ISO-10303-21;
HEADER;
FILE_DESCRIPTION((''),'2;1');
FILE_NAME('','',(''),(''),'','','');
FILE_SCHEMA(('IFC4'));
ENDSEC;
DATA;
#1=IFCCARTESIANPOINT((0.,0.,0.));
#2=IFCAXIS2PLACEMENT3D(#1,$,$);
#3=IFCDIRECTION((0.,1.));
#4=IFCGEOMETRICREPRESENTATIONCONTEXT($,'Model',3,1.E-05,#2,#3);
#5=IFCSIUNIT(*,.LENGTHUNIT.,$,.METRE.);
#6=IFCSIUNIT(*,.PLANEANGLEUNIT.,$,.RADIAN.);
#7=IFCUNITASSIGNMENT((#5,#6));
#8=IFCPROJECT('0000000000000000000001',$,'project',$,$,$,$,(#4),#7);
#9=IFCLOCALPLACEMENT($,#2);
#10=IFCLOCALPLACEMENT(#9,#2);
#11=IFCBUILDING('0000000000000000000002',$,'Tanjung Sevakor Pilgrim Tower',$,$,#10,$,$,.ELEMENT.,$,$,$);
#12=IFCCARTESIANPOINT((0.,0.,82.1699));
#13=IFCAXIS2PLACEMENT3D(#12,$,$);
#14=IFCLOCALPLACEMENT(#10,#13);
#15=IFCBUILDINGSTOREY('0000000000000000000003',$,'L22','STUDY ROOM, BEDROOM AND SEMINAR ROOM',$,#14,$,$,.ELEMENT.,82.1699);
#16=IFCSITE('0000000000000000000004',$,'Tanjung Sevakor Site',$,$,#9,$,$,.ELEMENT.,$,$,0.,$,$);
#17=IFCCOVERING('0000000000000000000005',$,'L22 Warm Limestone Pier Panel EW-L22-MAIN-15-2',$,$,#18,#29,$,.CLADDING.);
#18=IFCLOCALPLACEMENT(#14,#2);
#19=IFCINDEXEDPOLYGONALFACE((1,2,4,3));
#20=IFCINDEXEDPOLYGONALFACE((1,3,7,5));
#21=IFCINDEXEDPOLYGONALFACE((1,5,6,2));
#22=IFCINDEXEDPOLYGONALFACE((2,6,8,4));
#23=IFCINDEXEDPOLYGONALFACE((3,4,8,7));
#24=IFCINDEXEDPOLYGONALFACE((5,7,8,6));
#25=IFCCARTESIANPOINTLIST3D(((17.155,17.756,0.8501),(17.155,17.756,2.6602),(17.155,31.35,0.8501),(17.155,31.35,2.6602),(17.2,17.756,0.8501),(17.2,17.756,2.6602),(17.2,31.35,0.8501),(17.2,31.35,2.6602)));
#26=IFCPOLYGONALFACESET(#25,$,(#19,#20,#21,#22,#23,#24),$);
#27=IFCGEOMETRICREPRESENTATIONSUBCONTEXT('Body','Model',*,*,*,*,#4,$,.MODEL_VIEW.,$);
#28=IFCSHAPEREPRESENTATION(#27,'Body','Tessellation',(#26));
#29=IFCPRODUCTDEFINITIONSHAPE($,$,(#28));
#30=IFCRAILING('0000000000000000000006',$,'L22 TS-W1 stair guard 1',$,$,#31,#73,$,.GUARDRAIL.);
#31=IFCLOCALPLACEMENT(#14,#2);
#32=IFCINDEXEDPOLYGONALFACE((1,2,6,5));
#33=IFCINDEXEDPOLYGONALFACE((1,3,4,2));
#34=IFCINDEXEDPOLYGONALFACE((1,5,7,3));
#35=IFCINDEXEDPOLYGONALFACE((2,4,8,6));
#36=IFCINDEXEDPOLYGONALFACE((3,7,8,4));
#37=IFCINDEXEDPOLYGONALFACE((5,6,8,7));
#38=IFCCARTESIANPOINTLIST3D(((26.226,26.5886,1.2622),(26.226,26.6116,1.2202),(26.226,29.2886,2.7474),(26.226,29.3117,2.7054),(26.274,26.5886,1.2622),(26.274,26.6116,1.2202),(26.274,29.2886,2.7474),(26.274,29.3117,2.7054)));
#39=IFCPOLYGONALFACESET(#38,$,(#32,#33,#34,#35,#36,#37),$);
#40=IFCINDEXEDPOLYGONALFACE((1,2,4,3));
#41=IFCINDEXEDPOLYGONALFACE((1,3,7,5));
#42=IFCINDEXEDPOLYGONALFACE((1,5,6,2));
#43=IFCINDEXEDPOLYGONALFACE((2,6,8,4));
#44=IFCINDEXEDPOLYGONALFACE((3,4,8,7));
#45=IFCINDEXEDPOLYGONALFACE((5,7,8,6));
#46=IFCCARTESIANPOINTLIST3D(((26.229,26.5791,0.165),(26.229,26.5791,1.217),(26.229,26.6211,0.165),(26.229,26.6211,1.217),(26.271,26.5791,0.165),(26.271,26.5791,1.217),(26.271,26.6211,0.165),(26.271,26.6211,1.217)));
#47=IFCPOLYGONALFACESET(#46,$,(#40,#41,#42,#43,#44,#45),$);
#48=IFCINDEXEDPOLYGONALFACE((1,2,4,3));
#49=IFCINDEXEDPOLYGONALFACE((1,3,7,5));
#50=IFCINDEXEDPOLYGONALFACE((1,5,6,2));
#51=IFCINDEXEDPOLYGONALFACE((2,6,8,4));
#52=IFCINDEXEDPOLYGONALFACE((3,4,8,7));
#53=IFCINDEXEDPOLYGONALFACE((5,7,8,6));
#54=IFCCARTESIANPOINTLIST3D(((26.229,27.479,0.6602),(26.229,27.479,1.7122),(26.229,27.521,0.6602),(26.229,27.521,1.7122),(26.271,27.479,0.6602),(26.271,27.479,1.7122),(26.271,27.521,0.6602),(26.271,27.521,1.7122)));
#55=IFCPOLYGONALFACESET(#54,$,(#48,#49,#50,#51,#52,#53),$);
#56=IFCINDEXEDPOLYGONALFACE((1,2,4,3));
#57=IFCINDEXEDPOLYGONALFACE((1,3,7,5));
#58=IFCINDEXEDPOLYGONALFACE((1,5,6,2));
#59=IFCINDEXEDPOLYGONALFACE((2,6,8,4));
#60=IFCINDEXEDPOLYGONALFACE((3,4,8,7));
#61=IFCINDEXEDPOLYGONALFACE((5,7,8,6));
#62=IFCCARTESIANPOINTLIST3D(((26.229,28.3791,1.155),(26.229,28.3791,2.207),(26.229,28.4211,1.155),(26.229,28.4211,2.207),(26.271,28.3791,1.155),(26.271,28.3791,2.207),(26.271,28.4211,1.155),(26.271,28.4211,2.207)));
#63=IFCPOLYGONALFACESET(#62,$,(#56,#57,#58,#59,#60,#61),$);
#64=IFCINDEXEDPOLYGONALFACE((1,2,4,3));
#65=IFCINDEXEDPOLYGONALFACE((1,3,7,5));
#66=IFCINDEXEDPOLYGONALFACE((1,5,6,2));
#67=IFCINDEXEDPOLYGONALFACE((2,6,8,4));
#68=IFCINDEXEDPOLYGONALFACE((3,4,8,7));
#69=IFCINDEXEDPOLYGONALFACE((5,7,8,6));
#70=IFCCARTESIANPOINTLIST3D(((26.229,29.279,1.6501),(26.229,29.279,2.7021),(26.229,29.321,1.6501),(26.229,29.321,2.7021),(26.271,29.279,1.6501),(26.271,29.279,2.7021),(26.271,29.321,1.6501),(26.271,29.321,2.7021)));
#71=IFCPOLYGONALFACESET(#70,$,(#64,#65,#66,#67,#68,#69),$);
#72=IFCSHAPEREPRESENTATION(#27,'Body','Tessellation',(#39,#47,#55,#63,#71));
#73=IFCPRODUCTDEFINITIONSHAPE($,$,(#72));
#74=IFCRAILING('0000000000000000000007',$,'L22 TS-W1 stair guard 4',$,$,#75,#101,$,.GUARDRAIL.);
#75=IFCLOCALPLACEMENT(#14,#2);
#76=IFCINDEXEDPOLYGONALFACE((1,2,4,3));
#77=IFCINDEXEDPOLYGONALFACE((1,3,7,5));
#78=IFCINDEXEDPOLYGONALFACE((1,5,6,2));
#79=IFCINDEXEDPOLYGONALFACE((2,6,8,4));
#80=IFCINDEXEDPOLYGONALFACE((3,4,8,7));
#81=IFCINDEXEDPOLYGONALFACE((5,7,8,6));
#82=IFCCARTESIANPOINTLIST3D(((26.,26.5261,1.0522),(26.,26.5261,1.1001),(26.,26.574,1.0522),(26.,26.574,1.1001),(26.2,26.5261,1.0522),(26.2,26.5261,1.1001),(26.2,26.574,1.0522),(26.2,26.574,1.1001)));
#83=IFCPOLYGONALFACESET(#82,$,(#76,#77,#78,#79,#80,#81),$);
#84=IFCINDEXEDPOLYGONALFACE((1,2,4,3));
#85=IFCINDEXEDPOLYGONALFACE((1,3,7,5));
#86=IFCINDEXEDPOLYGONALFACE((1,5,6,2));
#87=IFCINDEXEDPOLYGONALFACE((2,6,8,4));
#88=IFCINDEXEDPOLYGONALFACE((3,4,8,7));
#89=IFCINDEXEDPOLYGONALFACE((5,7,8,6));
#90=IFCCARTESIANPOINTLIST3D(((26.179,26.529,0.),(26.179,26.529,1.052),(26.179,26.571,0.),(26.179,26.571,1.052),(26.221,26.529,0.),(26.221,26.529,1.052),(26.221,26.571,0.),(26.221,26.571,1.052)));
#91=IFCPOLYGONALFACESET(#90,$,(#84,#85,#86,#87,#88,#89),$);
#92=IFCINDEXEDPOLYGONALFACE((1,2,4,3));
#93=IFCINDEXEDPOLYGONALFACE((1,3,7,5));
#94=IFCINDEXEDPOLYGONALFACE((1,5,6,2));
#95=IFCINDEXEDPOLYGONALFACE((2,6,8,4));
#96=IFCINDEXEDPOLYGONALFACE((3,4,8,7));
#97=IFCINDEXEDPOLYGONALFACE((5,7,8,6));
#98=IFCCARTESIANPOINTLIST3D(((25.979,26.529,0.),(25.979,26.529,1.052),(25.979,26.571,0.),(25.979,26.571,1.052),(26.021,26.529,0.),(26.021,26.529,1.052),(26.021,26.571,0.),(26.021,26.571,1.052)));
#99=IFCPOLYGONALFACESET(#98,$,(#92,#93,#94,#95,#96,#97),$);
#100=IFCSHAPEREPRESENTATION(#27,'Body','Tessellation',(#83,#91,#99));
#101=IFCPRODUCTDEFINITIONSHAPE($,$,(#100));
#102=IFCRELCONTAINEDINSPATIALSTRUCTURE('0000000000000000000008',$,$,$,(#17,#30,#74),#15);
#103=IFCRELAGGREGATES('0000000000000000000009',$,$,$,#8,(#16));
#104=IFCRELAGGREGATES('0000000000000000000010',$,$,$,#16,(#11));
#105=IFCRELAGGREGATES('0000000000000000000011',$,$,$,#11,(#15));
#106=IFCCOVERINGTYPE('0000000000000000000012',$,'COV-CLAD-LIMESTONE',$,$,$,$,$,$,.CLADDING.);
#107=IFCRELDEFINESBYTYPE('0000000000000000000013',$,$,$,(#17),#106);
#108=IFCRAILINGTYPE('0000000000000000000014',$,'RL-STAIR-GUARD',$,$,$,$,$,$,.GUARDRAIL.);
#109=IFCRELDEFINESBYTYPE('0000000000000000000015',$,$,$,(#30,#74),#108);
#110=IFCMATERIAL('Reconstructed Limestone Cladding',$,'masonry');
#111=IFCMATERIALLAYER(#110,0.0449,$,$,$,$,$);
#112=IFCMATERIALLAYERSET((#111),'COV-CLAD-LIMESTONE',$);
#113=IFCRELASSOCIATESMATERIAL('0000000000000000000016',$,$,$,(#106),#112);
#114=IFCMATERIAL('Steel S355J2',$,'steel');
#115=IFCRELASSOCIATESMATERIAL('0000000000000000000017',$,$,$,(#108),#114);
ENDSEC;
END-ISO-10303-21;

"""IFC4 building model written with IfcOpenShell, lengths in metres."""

from ifc_helpers import new_model, si_unit, direction, frame, origin, origin_2d, place, context, subcontext, project, spatial, rectangle, extrude, material, layer, layer_set, type_object, element, save


model = new_model("IFC4")

# Units and contexts
model_context = context("Model", 3, precision=1e-05, world=origin(), true_north=direction((0.0, 1.0)))
body_context = subcontext(model_context, "Body", "Model", "MODEL_VIEW")
ifc_project = project(units=[si_unit("LENGTHUNIT", "METRE"), si_unit("PLANEANGLEUNIT", "RADIAN")], contexts=[model_context])

# Site, building, storey
site_placement = place(None, origin())
site = spatial("IfcSite", under=ifc_project, at=site_placement, Name="Tanjung Sevakor Site", CompositionType="ELEMENT", RefElevation=0.0)
building_placement = place(site_placement, origin())
building = spatial("IfcBuilding", under=site, at=building_placement, Name="Tanjung Sevakor Pilgrim Tower", CompositionType="ELEMENT")
storey_placement = place(building_placement, frame((0.0, 0.0, 82.1699)))
storey = spatial("IfcBuildingStorey", under=building, at=storey_placement, Name="L22", Description="STUDY ROOM, BEDROOM AND SEMINAR ROOM", CompositionType="ELEMENT", Elevation=82.1699)

# Covering
ifc_material_1 = material(Name="Reconstructed Limestone Cladding", Category="masonry")
ifc_layer_1 = layer(ifc_material_1, 0.0449)
ifc_layer_set_1 = layer_set([ifc_layer_1], Name="COV-CLAD-LIMESTONE")
covering_type = type_object("IfcCoveringType", Name="COV-CLAD-LIMESTONE", PredefinedType="CLADDING", material=ifc_layer_set_1)
covering_placement = place(storey_placement, frame((17.1775, 24.553, 0.8501), z_axis=(0.0, 0.0, 1.0), x_axis=(0.0, -1.0, 0.0)))
element("IfcCovering", 1, at=covering_placement, inside=storey, type_object=covering_type, Name="L22 Warm Limestone Pier Panel EW-L22-MAIN-15-2", PredefinedType="CLADDING", context=body_context, shape_type="SweptSolid", body=[
    extrude(rectangle(XDim=13.594, YDim=0.0449, at=origin_2d()), origin(), (0.0, 0.0, 1.0), 1.8101),
])

# Railings
ifc_material_2 = material(Name="Steel S355J2", Category="steel")
railing_type = type_object("IfcRailingType", Name="RL-STAIR-GUARD", PredefinedType="GUARDRAIL", material=ifc_material_2)
railing_1_placement = place(storey_placement, frame((26.25, 26.6001, 0.165)))
element("IfcRailing", 2, at=railing_1_placement, inside=storey, type_object=railing_type, Name="L22 TS-W1 stair guard 1", PredefinedType="GUARDRAIL", context=body_context, shape_type="SweptSolid", body=[
    extrude(rectangle(XDim=0.0479, YDim=0.0479), frame((0.0, 0.0, 1.0762), z_axis=(0.0, 0.876198, 0.481952), x_axis=(-1.0, 0.0, 0.0)), (0.0, 0.0, 1.0), 3.0815),
    extrude(rectangle(XDim=0.042, YDim=0.042), origin(), (0.0, 0.0, 1.0), 1.052),
    extrude(rectangle(XDim=0.042, YDim=0.042), frame((0.0, 0.8999, 0.4951)), (0.0, 0.0, 1.0), 1.052),
    extrude(rectangle(XDim=0.042, YDim=0.042), frame((0.0, 1.8, 0.99)), (0.0, 0.0, 1.0), 1.052),
    extrude(rectangle(XDim=0.042, YDim=0.042), frame((0.0, 2.7, 1.4851)), (0.0, 0.0, 1.0), 1.052),
])
railing_2_placement = place(storey_placement, frame((26.2, 26.55, 0.0)))
element("IfcRailing", 3, at=railing_2_placement, inside=storey, type_object=railing_type, Name="L22 TS-W1 stair guard 4", PredefinedType="GUARDRAIL", context=body_context, shape_type="SweptSolid", body=[
    extrude(rectangle(XDim=0.0479, YDim=0.0479), frame((0.0, 0.0, 1.0762), z_axis=(-1.0, 0.0, 0.0), x_axis=(0.0, -1.0, 0.0)), (0.0, 0.0, 1.0), 0.2),
    extrude(rectangle(XDim=0.042, YDim=0.042), origin(), (0.0, 0.0, 1.0), 1.052),
    extrude(rectangle(XDim=0.042, YDim=0.042), frame((-0.2, 0.0, 0.0)), (0.0, 0.0, 1.0), 1.052),
])

save(model, "model.ifc")
